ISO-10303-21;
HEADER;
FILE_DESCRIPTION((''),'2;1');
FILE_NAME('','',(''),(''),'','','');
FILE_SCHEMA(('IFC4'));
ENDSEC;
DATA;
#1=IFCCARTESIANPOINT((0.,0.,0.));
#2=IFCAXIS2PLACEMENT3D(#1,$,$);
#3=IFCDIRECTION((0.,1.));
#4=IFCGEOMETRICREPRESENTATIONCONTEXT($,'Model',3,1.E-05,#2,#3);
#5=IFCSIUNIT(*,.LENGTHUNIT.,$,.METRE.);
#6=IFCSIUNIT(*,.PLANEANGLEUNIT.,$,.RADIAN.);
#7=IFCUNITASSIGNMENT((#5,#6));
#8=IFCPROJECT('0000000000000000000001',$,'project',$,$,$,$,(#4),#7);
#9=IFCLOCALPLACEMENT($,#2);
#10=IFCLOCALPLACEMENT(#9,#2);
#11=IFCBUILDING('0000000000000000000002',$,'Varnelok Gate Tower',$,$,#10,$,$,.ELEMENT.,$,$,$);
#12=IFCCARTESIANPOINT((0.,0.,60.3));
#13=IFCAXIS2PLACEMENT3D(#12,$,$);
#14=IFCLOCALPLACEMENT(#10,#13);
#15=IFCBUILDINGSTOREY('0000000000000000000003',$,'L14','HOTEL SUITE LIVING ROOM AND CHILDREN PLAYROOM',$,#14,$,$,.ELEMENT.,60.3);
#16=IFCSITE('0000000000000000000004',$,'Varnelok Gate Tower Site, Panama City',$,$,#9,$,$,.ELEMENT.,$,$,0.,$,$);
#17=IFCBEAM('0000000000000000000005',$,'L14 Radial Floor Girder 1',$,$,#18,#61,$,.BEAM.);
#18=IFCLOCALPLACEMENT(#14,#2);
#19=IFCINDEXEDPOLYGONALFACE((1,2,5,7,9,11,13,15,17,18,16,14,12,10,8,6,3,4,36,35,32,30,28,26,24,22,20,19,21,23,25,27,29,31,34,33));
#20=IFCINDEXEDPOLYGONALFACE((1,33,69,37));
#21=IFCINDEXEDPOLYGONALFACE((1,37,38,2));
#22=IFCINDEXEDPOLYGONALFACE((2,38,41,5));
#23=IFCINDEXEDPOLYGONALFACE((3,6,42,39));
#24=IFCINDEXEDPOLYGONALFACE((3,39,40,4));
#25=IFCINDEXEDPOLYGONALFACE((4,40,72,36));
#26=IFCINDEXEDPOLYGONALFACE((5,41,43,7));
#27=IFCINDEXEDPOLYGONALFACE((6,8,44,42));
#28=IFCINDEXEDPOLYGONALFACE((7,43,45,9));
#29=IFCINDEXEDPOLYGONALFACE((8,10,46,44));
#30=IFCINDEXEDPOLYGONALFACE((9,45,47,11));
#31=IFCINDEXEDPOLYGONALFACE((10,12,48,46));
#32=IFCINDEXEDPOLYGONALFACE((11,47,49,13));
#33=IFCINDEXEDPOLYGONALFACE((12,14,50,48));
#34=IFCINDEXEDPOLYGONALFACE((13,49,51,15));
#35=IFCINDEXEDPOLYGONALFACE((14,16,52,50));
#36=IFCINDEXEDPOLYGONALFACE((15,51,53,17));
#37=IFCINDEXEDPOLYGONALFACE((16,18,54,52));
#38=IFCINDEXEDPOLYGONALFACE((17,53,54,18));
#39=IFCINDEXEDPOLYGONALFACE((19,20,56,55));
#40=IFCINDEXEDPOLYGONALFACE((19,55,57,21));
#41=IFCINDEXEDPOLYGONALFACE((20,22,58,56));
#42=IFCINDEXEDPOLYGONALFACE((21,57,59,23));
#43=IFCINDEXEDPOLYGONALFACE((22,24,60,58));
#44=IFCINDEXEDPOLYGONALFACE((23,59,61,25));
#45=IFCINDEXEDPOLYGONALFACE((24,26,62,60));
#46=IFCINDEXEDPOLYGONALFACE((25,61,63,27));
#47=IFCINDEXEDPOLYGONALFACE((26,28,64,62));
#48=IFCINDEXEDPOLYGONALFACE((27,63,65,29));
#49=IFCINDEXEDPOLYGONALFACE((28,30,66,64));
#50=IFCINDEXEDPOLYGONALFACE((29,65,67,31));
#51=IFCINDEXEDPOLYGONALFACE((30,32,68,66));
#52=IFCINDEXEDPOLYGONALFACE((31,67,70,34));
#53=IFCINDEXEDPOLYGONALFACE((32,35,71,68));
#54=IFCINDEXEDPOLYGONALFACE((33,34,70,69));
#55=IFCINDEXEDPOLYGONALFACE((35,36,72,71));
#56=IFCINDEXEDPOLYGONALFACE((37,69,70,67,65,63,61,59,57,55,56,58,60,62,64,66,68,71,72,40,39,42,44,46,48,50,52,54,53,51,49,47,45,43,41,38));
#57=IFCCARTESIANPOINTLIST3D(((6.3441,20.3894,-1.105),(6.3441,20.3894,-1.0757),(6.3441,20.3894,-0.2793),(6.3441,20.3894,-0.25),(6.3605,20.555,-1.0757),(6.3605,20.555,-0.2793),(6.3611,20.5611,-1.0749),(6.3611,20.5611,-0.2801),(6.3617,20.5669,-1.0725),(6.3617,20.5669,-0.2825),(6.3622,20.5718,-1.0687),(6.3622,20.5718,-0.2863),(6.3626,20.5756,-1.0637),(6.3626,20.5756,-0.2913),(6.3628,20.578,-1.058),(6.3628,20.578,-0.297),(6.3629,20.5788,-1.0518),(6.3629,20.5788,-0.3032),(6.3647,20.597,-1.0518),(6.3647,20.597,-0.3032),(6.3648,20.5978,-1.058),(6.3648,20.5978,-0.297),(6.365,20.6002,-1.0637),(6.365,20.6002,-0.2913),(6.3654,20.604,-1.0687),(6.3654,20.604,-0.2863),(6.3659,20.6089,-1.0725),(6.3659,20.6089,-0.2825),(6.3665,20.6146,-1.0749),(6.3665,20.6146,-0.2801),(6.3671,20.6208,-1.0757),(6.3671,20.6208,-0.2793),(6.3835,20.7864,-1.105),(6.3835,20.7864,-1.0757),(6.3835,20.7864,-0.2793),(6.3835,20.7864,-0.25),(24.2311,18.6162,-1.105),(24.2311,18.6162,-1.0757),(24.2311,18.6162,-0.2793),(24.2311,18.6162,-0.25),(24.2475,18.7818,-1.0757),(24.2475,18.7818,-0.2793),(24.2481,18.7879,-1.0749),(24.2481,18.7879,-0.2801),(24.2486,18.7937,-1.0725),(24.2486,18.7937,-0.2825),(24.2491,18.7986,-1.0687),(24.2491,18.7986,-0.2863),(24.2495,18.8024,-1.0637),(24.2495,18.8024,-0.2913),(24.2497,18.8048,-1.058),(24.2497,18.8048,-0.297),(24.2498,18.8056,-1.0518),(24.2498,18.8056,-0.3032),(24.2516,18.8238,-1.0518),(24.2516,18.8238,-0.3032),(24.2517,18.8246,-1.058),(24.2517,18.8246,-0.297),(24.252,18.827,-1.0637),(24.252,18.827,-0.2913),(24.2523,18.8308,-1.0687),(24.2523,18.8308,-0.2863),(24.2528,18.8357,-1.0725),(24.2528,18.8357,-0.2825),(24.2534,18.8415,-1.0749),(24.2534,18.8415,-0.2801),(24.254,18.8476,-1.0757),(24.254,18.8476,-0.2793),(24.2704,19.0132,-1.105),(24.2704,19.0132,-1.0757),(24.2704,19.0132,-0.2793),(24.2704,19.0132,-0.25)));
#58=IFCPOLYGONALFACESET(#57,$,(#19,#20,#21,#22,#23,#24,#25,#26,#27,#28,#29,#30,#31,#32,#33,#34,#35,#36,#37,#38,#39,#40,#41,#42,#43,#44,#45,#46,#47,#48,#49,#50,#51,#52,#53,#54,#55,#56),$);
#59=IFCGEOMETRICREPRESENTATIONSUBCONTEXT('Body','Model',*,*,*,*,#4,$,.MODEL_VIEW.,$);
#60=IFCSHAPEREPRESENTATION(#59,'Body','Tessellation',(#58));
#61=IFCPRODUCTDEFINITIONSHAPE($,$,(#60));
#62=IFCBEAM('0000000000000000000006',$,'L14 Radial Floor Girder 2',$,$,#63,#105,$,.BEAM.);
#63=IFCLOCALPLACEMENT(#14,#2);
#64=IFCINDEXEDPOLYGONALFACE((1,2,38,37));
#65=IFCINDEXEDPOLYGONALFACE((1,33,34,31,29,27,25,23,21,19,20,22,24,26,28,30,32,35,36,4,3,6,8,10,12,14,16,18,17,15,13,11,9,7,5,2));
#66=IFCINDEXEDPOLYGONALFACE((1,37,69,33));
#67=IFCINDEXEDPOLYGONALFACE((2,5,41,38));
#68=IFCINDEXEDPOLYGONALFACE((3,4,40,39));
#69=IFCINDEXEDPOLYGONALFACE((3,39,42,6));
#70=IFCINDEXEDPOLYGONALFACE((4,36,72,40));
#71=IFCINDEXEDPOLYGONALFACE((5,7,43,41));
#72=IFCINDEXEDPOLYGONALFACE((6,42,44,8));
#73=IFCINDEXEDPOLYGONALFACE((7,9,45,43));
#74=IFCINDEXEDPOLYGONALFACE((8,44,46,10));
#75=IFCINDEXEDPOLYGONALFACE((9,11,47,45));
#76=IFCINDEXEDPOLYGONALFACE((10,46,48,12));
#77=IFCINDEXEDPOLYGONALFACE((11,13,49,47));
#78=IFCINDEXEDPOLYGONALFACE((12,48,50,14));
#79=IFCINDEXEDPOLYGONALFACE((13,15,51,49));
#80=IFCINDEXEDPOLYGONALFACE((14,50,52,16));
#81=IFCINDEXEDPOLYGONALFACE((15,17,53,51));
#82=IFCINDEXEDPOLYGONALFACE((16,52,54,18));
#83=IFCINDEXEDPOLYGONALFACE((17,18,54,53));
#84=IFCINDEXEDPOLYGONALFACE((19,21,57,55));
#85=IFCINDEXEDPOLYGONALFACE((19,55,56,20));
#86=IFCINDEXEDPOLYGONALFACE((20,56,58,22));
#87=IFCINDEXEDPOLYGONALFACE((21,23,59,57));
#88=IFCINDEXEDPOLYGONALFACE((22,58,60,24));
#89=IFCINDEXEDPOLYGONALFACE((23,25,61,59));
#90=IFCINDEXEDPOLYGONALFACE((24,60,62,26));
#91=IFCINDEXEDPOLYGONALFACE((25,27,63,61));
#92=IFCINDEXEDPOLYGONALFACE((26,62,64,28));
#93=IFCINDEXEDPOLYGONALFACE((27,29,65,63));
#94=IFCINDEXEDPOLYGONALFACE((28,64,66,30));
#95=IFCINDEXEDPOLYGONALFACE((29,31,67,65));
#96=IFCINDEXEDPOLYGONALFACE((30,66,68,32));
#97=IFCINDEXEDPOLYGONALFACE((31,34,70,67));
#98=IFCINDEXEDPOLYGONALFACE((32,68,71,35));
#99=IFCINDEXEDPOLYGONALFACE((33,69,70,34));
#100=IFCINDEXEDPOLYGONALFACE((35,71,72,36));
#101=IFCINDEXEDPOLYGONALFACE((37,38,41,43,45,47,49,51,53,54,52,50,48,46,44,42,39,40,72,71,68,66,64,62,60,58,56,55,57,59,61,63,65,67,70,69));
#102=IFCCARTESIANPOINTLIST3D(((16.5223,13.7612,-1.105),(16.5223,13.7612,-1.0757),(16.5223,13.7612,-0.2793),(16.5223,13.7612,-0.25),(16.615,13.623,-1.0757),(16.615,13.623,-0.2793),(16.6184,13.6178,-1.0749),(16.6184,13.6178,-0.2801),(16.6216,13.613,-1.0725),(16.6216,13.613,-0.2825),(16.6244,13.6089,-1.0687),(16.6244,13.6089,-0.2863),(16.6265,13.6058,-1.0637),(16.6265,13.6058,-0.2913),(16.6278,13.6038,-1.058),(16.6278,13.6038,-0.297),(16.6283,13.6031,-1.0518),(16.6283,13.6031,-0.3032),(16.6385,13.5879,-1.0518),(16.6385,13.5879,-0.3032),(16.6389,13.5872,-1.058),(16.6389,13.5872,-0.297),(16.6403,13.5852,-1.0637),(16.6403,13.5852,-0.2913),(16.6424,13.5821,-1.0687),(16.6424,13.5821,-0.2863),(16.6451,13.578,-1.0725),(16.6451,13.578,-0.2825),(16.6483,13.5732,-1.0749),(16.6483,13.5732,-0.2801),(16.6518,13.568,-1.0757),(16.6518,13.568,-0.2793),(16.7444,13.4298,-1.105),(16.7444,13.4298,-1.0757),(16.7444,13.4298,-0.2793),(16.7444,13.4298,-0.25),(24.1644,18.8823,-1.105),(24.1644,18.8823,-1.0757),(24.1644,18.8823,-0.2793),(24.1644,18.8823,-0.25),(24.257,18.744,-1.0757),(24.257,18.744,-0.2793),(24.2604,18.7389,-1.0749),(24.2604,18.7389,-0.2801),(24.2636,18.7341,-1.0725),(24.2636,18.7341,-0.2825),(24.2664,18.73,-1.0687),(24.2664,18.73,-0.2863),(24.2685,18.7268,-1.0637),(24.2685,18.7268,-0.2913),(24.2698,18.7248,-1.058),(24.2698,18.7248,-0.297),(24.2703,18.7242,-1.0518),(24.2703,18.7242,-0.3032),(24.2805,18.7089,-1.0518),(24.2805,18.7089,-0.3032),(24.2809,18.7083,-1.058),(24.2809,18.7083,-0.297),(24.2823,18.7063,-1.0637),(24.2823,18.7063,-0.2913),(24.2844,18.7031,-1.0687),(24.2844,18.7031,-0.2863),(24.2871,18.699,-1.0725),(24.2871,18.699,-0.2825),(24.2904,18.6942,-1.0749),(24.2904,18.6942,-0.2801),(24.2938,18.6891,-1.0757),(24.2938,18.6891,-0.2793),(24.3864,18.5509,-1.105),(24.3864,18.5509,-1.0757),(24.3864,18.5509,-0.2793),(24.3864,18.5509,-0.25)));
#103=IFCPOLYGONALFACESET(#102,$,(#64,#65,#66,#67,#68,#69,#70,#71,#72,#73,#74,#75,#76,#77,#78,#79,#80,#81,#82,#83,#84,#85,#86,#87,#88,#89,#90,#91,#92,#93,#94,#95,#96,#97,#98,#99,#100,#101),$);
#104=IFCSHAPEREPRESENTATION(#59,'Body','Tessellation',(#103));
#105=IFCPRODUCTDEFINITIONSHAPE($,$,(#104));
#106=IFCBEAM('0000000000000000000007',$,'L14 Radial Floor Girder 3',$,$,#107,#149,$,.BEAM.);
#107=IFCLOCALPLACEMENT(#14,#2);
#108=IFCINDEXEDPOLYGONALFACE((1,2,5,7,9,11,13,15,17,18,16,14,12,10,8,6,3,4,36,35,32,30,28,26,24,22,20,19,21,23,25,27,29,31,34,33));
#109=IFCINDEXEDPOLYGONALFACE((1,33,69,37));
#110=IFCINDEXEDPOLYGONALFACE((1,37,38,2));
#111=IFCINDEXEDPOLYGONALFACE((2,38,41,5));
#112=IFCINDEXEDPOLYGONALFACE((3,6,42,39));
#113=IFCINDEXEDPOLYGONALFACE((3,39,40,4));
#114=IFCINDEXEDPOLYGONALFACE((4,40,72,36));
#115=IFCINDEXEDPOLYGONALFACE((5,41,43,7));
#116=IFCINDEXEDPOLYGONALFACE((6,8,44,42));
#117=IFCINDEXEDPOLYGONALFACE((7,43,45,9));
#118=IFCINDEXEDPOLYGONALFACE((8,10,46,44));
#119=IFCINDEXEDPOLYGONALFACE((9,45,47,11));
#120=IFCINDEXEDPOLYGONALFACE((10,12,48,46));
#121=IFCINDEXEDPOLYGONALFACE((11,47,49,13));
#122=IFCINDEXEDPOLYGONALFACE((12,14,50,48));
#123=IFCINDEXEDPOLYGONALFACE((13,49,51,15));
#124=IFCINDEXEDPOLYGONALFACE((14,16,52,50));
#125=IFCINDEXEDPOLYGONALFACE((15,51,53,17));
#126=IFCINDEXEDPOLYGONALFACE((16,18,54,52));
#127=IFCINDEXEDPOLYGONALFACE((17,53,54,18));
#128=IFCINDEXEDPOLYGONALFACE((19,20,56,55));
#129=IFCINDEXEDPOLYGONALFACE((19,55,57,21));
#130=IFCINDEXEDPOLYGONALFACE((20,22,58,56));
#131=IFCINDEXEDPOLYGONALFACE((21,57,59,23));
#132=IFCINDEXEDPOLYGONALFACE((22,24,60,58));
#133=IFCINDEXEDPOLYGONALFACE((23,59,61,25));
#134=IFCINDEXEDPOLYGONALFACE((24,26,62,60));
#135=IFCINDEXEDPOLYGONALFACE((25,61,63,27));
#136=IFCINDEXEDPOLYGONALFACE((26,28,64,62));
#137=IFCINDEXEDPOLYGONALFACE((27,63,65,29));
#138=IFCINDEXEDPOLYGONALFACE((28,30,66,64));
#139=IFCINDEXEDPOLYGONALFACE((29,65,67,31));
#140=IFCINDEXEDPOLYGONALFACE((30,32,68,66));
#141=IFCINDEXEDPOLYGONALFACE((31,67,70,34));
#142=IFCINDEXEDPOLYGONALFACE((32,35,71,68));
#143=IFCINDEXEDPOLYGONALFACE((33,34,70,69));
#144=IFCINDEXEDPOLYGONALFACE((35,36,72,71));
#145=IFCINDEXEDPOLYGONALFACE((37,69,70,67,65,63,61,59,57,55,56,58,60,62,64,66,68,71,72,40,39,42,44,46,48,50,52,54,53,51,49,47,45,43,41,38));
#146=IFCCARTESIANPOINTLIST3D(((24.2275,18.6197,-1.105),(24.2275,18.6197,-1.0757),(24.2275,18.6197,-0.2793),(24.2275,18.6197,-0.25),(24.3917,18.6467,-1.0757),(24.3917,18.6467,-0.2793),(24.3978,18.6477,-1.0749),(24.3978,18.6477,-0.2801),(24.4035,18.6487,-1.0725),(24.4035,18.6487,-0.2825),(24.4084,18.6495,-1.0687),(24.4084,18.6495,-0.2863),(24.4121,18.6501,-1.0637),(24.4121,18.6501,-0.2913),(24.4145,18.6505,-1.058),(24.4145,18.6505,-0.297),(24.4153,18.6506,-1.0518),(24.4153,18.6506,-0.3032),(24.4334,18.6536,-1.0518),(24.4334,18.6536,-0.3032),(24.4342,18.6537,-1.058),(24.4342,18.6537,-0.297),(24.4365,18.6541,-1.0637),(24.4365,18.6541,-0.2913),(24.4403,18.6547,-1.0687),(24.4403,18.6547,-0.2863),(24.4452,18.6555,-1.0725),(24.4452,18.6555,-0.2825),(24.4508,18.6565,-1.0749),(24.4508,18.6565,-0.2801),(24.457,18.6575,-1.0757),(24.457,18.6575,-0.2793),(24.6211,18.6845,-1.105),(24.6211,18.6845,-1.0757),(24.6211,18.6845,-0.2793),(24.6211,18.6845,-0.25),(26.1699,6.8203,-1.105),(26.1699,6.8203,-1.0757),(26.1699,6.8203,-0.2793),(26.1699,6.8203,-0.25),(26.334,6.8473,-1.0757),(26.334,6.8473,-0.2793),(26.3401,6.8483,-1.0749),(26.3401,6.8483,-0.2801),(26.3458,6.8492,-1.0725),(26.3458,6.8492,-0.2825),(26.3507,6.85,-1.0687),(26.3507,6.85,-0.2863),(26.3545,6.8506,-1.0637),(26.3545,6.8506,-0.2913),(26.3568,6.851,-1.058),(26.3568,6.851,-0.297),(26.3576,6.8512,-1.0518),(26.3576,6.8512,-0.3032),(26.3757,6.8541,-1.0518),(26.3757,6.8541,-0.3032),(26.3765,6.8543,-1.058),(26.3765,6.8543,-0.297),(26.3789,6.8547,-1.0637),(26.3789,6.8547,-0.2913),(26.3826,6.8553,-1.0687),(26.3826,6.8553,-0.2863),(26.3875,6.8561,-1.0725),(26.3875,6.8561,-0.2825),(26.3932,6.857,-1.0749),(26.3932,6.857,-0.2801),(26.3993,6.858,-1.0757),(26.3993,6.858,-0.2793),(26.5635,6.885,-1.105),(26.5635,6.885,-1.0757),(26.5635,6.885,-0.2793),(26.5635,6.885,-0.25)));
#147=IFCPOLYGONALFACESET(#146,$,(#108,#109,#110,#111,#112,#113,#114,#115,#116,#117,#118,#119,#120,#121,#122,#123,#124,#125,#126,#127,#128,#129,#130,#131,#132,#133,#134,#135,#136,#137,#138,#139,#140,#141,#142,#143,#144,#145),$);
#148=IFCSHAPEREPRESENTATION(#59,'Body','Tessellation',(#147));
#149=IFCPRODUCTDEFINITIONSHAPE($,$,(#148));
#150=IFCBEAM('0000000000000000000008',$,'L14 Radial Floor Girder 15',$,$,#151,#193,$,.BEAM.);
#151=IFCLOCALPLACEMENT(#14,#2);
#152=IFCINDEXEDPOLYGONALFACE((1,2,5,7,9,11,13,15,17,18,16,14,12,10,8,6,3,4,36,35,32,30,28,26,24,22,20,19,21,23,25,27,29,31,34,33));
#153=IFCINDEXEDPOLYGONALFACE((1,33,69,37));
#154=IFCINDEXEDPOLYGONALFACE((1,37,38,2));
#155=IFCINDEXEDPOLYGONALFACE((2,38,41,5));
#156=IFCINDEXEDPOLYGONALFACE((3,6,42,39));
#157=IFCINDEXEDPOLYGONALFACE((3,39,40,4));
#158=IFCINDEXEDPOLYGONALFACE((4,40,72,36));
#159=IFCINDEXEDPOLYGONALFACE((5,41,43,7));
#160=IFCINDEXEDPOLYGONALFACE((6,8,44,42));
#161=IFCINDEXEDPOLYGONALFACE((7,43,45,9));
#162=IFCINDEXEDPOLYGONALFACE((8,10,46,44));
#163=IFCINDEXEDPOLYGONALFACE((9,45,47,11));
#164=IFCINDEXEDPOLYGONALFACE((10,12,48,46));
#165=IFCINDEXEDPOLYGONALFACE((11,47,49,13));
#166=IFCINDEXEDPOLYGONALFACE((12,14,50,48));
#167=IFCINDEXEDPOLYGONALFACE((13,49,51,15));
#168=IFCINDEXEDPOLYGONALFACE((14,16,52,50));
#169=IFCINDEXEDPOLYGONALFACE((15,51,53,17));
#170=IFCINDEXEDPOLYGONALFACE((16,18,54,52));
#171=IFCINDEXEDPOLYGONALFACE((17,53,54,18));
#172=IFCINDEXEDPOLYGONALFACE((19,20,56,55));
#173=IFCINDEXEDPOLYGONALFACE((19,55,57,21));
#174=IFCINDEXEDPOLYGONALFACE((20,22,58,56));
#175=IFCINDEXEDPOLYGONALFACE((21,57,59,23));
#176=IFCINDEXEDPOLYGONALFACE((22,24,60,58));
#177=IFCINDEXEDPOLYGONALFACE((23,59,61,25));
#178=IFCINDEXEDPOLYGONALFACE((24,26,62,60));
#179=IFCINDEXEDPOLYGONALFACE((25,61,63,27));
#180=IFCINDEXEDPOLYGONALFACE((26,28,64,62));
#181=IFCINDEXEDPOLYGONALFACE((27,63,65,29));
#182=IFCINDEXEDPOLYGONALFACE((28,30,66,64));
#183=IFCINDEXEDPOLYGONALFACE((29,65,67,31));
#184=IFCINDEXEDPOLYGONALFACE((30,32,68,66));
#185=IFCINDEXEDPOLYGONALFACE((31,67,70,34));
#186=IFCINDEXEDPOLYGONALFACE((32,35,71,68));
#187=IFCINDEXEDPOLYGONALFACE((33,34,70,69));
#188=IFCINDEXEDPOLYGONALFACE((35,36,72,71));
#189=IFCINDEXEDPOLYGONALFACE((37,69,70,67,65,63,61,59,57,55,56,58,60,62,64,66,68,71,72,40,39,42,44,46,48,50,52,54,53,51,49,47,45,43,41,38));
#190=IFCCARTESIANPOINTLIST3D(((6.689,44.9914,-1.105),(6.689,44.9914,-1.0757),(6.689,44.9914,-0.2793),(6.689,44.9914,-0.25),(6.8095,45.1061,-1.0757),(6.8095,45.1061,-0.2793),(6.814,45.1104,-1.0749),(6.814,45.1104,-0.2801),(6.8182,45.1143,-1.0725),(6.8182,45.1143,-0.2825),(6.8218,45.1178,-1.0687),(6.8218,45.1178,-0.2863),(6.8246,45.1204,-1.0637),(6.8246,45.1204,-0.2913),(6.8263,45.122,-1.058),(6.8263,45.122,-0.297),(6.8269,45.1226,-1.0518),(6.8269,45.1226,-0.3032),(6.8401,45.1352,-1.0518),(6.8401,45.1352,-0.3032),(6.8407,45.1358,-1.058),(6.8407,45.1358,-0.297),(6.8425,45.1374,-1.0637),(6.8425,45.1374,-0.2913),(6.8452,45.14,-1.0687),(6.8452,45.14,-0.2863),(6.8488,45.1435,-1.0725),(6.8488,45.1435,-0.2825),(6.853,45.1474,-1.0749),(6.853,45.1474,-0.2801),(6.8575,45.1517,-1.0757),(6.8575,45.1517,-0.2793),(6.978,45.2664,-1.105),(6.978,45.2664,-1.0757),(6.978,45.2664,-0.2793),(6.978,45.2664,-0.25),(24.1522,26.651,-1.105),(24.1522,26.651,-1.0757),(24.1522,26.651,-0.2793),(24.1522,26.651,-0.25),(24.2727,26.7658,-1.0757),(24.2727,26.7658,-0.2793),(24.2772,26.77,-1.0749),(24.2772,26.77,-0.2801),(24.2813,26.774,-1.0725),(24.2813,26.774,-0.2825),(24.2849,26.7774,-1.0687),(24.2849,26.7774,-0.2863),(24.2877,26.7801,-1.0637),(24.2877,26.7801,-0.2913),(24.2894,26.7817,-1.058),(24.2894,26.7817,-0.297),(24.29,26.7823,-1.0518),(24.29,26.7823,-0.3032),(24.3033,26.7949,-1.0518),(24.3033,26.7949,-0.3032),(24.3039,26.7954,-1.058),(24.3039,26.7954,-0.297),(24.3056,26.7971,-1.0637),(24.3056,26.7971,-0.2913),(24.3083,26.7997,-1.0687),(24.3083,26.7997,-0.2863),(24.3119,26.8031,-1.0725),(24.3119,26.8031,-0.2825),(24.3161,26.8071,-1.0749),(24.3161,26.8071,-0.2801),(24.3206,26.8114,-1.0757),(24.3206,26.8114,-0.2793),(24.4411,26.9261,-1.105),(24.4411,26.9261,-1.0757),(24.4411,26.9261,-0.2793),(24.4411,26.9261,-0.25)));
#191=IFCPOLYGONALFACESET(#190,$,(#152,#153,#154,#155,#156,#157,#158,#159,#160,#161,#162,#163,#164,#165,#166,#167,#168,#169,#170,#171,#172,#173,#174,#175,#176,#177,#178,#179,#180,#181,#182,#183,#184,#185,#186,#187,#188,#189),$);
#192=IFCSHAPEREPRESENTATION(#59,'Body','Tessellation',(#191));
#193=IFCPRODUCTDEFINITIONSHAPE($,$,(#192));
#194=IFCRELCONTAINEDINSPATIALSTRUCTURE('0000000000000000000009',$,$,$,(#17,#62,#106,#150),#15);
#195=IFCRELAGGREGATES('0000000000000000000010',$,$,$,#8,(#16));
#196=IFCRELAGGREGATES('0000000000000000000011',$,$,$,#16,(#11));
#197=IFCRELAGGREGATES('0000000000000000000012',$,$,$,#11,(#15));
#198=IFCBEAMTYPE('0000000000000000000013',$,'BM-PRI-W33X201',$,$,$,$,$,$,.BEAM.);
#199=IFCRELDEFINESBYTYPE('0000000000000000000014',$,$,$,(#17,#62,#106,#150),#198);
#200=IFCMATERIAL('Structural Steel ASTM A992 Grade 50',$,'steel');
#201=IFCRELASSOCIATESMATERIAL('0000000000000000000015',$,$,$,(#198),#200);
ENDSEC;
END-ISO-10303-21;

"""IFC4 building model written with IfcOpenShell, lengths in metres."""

from ifc_helpers import new_model, si_unit, direction, frame, origin, origin_2d, place, context, subcontext, project, spatial, i_section, extrude, material, material_profile, profile_set, type_object, element, save


model = new_model("IFC4")

# Units and contexts
model_context = context("Model", 3, precision=1e-05, world=origin(), true_north=direction((0.0, 1.0)))
body_context = subcontext(model_context, "Body", "Model", "MODEL_VIEW")
ifc_project = project(units=[si_unit("LENGTHUNIT", "METRE"), si_unit("PLANEANGLEUNIT", "RADIAN")], contexts=[model_context])

# Site, building, storey
site_placement = place(None, origin())
site = spatial("IfcSite", under=ifc_project, at=site_placement, Name="Varnelok Gate Tower Site, Panama City", CompositionType="ELEMENT", RefElevation=0.0)
building_placement = place(site_placement, origin())
building = spatial("IfcBuilding", under=site, at=building_placement, Name="Varnelok Gate Tower", CompositionType="ELEMENT")
storey_placement = place(building_placement, frame((0.0, 0.0, 60.3)))
storey = spatial("IfcBuildingStorey", under=building, at=storey_placement, Name="L14", Description="HOTEL SUITE LIVING ROOM AND CHILDREN PLAYROOM", CompositionType="ELEMENT", Elevation=60.3)

# Shared definitions
ifc_material_1 = material(Name="Structural Steel ASTM A992 Grade 50", Category="steel")

# Beams
ifc_material_profile_1 = material_profile(ifc_material_1, i_section(OverallWidth=0.3989, OverallDepth=0.855, WebThickness=0.0183, FlangeThickness=0.0293, FilletRadius=0.0239, at=origin_2d()), Name="W33X201")
ifc_profile_set_1 = profile_set([ifc_material_profile_1], Name="Structural Steel ASTM A992 Grade 50")
beam_type_1 = type_object("IfcBeamType", Name="BM-PRI-W33X201", PredefinedType="BEAM", material=ifc_profile_set_1)
beam_1_placement = place(storey_placement, frame((24.2507, 18.8147, -0.6775), z_axis=(-0.995122, 0.09865, 0.0), x_axis=(-0.09865, -0.995122, 0.0)))
element("IfcBeam", 1, at=beam_1_placement, inside=storey, type_object=beam_type_1, Name="L14 Radial Floor Girder 1", PredefinedType="BEAM", context=body_context, shape_type="SweptSolid", body=[
    extrude(i_section(OverallWidth=0.3989, OverallDepth=0.855, WebThickness=0.0183, FlangeThickness=0.0293, FilletRadius=0.0239, at=origin_2d()), origin(), (0.0, 0.0, 1.0), 17.9746),
])
beam_2_placement = place(storey_placement, frame((24.2754, 18.7166, -0.6775), z_axis=(-0.830725, -0.556683, 0.0), x_axis=(0.556683, -0.830725, 0.0)))
element("IfcBeam", 2, at=beam_2_placement, inside=storey, type_object=beam_type_1, Name="L14 Radial Floor Girder 2", PredefinedType="BEAM", context=body_context, shape_type="SweptSolid", body=[
    extrude(i_section(OverallWidth=0.3989, OverallDepth=0.855, WebThickness=0.0183, FlangeThickness=0.0293, FilletRadius=0.0239, at=origin_2d()), origin(), (0.0, 0.0, 1.0), 9.1992),
])
beam_3_placement = place(storey_placement, frame((24.4243, 18.6521, -0.6775), z_axis=(0.162429, -0.98672, 0.0), x_axis=(0.98672, 0.162429, 0.0)))
element("IfcBeam", 3, at=beam_3_placement, inside=storey, type_object=beam_type_1, Name="L14 Radial Floor Girder 3", PredefinedType="BEAM", context=body_context, shape_type="SweptSolid", body=[
    extrude(i_section(OverallWidth=0.3989, OverallDepth=0.855, WebThickness=0.0183, FlangeThickness=0.0293, FilletRadius=0.0239, at=origin_2d()), origin(), (0.0, 0.0, 1.0), 11.9583),
])
beam_4_placement = place(storey_placement, frame((24.2966, 26.7886, -0.6775), z_axis=(-0.689575, 0.724214, 0.0), x_axis=(-0.724214, -0.689575, 0.0)))
element("IfcBeam", 4, at=beam_4_placement, inside=storey, type_object=beam_type_1, Name="L14 Radial Floor Girder 15", PredefinedType="BEAM", context=body_context, shape_type="SweptSolid", body=[
    extrude(i_section(OverallWidth=0.3989, OverallDepth=0.855, WebThickness=0.0183, FlangeThickness=0.0293, FilletRadius=0.0239, at=origin_2d()), origin(), (0.0, 0.0, 1.0), 25.3245),
])

save(model, "model.ifc")
